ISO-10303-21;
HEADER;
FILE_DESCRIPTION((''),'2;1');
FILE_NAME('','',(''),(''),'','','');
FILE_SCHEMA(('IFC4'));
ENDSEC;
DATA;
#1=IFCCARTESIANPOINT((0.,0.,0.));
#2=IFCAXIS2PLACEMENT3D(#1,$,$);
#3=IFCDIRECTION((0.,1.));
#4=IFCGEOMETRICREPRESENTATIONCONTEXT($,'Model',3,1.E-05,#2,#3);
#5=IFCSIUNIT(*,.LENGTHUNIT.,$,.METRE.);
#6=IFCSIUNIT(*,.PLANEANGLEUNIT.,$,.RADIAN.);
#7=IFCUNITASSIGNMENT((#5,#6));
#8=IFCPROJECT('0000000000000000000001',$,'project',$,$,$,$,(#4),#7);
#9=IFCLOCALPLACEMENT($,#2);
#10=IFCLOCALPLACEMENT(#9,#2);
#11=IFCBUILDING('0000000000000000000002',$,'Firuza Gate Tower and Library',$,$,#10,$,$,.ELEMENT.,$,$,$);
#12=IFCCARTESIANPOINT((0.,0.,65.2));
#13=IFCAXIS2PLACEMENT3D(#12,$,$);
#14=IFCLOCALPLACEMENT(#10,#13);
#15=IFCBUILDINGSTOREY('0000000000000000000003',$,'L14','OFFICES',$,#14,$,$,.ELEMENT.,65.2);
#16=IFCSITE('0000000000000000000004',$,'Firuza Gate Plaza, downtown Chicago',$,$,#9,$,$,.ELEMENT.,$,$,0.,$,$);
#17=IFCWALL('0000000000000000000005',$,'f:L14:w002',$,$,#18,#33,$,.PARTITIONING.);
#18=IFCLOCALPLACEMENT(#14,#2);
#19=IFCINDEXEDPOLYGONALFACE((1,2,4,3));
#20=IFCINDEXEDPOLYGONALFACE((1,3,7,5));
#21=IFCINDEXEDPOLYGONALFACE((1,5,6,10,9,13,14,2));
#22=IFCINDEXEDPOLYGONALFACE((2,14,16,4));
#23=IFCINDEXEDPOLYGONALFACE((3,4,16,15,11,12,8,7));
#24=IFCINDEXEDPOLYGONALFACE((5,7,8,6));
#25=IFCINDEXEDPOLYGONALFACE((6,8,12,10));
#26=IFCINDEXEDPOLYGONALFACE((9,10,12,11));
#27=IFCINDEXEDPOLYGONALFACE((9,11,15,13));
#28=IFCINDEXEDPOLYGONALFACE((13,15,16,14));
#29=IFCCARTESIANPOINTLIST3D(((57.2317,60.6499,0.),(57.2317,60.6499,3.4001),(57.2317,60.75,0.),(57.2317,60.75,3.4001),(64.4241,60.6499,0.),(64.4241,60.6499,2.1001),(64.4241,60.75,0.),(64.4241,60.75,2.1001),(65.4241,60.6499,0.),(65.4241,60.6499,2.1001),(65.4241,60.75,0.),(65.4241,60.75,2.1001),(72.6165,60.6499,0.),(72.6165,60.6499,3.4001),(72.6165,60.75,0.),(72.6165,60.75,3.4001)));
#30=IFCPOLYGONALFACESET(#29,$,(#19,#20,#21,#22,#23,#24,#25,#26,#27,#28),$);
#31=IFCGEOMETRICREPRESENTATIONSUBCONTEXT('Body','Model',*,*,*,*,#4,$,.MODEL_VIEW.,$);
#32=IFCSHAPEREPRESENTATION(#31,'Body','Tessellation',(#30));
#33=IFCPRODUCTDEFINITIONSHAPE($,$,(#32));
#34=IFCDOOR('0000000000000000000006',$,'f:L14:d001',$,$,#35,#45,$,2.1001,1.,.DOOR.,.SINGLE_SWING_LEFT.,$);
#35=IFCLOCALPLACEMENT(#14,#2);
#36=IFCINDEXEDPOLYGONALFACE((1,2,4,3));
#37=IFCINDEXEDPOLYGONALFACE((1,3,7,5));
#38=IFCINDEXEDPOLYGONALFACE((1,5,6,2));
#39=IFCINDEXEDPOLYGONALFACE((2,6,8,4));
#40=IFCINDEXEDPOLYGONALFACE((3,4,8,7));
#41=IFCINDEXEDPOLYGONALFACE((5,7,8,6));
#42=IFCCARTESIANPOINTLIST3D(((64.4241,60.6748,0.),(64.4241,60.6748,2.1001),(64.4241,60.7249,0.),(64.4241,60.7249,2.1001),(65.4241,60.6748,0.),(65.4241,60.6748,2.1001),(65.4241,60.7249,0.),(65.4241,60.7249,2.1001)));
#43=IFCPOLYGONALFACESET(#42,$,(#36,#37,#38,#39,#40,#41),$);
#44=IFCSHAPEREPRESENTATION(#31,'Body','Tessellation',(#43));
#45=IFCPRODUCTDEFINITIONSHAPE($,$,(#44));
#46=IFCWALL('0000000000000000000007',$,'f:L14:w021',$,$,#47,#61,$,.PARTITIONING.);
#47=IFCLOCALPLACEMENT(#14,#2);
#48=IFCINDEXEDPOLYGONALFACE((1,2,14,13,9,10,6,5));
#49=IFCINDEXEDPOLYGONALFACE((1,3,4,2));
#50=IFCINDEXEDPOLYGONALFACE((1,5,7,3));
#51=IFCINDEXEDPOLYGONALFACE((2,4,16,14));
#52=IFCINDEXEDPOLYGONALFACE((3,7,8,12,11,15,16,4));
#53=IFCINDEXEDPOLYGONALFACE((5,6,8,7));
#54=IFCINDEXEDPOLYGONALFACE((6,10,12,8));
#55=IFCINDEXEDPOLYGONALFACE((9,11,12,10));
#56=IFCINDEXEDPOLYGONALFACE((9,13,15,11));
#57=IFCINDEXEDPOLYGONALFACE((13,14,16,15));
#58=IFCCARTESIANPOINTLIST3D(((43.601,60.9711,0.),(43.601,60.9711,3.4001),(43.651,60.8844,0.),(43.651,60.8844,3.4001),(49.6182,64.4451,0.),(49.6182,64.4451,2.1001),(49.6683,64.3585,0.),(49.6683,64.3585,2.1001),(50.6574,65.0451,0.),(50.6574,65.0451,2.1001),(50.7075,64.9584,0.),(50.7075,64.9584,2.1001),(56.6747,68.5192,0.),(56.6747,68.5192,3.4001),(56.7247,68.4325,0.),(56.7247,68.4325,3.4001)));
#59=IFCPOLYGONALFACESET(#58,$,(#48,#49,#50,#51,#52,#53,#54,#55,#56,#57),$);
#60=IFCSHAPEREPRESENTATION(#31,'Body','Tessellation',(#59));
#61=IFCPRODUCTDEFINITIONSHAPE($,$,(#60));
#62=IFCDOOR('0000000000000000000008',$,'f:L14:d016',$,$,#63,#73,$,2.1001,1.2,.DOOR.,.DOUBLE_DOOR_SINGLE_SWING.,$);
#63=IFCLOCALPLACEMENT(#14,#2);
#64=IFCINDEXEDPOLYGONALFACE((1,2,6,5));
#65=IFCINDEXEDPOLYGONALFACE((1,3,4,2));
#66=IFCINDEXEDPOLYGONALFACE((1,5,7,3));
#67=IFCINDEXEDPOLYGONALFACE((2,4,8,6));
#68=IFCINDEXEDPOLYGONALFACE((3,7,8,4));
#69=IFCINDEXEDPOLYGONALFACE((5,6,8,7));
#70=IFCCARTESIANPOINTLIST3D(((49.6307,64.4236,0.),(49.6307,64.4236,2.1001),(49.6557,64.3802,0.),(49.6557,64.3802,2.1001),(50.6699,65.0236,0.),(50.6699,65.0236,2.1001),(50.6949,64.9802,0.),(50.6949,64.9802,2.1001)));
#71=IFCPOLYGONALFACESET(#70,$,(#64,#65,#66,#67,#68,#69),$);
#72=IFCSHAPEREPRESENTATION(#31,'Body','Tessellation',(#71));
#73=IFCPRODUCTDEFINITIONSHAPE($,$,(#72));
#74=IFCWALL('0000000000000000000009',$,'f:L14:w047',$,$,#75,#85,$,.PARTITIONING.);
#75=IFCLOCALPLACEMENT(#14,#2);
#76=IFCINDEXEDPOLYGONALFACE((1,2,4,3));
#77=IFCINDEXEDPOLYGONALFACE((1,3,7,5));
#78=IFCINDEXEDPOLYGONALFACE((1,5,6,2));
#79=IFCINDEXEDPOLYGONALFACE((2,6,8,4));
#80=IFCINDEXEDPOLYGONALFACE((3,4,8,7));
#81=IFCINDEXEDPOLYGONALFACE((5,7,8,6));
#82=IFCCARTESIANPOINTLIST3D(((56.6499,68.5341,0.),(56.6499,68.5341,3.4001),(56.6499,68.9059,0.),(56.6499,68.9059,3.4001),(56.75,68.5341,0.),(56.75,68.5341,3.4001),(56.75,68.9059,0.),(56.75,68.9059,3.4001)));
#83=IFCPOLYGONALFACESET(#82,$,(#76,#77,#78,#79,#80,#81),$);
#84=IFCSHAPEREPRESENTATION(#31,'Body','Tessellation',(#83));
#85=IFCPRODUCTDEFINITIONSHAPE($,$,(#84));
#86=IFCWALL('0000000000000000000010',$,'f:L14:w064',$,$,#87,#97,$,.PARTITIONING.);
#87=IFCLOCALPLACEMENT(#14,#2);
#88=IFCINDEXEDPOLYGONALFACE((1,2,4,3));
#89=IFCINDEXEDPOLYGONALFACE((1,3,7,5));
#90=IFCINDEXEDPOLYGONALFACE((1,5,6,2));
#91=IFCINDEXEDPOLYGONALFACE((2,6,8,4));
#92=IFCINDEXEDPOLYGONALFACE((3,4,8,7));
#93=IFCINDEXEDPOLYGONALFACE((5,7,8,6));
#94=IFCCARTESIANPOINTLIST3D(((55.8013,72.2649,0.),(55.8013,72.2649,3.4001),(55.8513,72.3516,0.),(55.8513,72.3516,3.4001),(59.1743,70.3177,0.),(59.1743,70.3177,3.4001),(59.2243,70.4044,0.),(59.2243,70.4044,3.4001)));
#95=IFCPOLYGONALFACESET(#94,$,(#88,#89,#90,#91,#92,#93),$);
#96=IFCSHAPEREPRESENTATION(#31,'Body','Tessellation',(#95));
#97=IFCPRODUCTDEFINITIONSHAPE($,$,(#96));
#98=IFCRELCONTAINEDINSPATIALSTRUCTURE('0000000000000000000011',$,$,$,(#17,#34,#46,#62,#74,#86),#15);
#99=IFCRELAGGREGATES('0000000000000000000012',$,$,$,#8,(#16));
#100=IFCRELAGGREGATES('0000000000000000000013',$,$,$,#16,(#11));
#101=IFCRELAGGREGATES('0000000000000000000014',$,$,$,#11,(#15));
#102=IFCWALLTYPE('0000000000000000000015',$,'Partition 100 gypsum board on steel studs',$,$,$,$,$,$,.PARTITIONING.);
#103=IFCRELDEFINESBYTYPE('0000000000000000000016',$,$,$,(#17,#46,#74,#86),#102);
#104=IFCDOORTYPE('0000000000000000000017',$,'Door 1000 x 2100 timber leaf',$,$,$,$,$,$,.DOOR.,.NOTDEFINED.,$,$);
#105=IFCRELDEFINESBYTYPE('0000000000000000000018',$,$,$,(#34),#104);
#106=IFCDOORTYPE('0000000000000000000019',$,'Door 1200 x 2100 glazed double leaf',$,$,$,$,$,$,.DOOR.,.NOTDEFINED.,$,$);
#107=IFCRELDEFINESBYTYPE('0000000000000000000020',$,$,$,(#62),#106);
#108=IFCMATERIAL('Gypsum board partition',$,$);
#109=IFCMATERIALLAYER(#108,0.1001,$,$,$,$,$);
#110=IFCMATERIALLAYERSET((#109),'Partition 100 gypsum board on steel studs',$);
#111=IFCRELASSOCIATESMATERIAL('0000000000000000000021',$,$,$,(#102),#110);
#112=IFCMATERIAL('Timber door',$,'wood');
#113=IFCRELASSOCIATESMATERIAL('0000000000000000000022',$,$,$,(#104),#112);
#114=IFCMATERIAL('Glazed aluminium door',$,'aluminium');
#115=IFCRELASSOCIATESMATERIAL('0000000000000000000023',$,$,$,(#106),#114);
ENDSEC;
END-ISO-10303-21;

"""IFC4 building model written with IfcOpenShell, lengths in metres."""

from ifc_helpers import new_model, si_unit, direction, frame, frame_2d, origin, place, context, subcontext, project, spatial, rectangle, extrude, material, layer, layer_set, type_object, element, fill, save


model = new_model("IFC4")

# Units and contexts
model_context = context("Model", 3, precision=1e-05, world=origin(), true_north=direction((0.0, 1.0)))
body_context = subcontext(model_context, "Body", "Model", "MODEL_VIEW")
ifc_project = project(units=[si_unit("LENGTHUNIT", "METRE"), si_unit("PLANEANGLEUNIT", "RADIAN")], contexts=[model_context])

# Site, building, storey
site_placement = place(None, origin())
site = spatial("IfcSite", under=ifc_project, at=site_placement, Name="Firuza Gate Plaza, downtown Chicago", CompositionType="ELEMENT", RefElevation=0.0)
building_placement = place(site_placement, origin())
building = spatial("IfcBuilding", under=site, at=building_placement, Name="Firuza Gate Tower and Library", CompositionType="ELEMENT")
storey_placement = place(building_placement, frame((0.0, 0.0, 65.2)))
storey = spatial("IfcBuildingStorey", under=building, at=storey_placement, Name="L14", Description="OFFICES", CompositionType="ELEMENT", Elevation=65.2)

# Walls, openings, doors
ifc_material_1 = material(Name="Gypsum board partition")
ifc_layer_1 = layer(ifc_material_1, 0.1001)
ifc_layer_set_1 = layer_set([ifc_layer_1], Name="Partition 100 gypsum board on steel studs")
wall_type_1 = type_object("IfcWallType", Name="Partition 100 gypsum board on steel studs", PredefinedType="PARTITIONING", material=ifc_layer_set_1)
wall_1_placement = place(storey_placement, frame((57.2317, 60.7, 0.0), z_axis=(0.0, 0.0, 1.0), x_axis=(1.0, 0.0, 0.0)))
wall_1 = element("IfcWall", 1, at=wall_1_placement, inside=storey, type_object=wall_type_1, Name="f:L14:w002", PredefinedType="PARTITIONING", context=body_context, shape_type="SweptSolid", body=[
    extrude(rectangle(XDim=15.3848, YDim=0.1001, at=frame_2d((7.6924, 0.0))), origin(), (0.0, 0.0, 1.0), 3.4001),
])
opening_1_placement = place(wall_1_placement, frame((7.1924, 0.0, 0.0)))
opening_1 = element("IfcOpeningElement", 2, at=opening_1_placement, cuts=wall_1, PredefinedType="OPENING", context=body_context, shape_type="SweptSolid", body=[
    extrude(rectangle(XDim=1.0, YDim=2.1001, at=frame_2d((0.5, 1.05))), frame((0.0, 0.0601, 0.0), z_axis=(0.0, -1.0, 0.0), x_axis=(1.0, 0.0, 0.0)), (0.0, 0.0, 1.0), 0.1201),
])
ifc_material_2 = material(Name="Timber door", Category="wood")
door_type_1 = type_object("IfcDoorType", Name="Door 1000 x 2100 timber leaf", OperationType="NOTDEFINED", PredefinedType="DOOR", material=ifc_material_2)
door_1_placement = place(opening_1_placement, origin())
door_1 = element("IfcDoor", 3, at=door_1_placement, inside=storey, type_object=door_type_1, Name="f:L14:d001", OperationType="SINGLE_SWING_LEFT", OverallHeight=2.1001, OverallWidth=1.0, PredefinedType="DOOR", context=body_context, shape_type="SweptSolid", body=[
    extrude(rectangle(XDim=1.0, YDim=2.1001, at=frame_2d((0.5, 1.05))), frame((0.0, 0.0249, 0.0), z_axis=(0.0, -1.0, 0.0), x_axis=(1.0, 0.0, 0.0)), (0.0, 0.0, 1.0), 0.05),
])
fill(opening_1, door_1)
wall_2_placement = place(storey_placement, frame((56.6997, 68.4758, 0.0), z_axis=(0.0, 0.0, 1.0), x_axis=(-0.866026, -0.499999, 0.0)))
wall_2 = element("IfcWall", 4, at=wall_2_placement, inside=storey, type_object=wall_type_1, Name="f:L14:w021", PredefinedType="PARTITIONING", context=body_context, shape_type="SweptSolid", body=[
    extrude(rectangle(XDim=15.0962, YDim=0.1001, at=frame_2d((7.5481, 0.0))), origin(), (0.0, 0.0, 1.0), 3.4001),
])
opening_2_placement = place(wall_2_placement, frame((6.948, 0.0, 0.0)))
opening_2 = element("IfcOpeningElement", 5, at=opening_2_placement, cuts=wall_2, PredefinedType="OPENING", context=body_context, shape_type="SweptSolid", body=[
    extrude(rectangle(XDim=1.2, YDim=2.1001, at=frame_2d((0.6001, 1.05))), frame((0.0, 0.0601, 0.0), z_axis=(0.0, -1.0, 0.0), x_axis=(1.0, 0.0, 0.0)), (0.0, 0.0, 1.0), 0.1201),
])
ifc_material_3 = material(Name="Glazed aluminium door", Category="aluminium")
door_type_2 = type_object("IfcDoorType", Name="Door 1200 x 2100 glazed double leaf", OperationType="NOTDEFINED", PredefinedType="DOOR", material=ifc_material_3)
door_2_placement = place(opening_2_placement, origin())
door_2 = element("IfcDoor", 6, at=door_2_placement, inside=storey, type_object=door_type_2, Name="f:L14:d016", OperationType="DOUBLE_DOOR_SINGLE_SWING", OverallHeight=2.1001, OverallWidth=1.2, PredefinedType="DOOR", context=body_context, shape_type="SweptSolid", body=[
    extrude(rectangle(XDim=1.2, YDim=2.1001, at=frame_2d((0.6001, 1.05))), frame((0.0, 0.0249, 0.0), z_axis=(0.0, -1.0, 0.0), x_axis=(1.0, 0.0, 0.0)), (0.0, 0.0, 1.0), 0.05),
])
fill(opening_2, door_2)

# Walls
wall_3_placement = place(storey_placement, frame((56.7, 68.5339, 0.0), z_axis=(0.0, 0.0, 1.0), x_axis=(0.0, 1.0, 0.0)))
element("IfcWall", 7, at=wall_3_placement, inside=storey, type_object=wall_type_1, Name="f:L14:w047", PredefinedType="PARTITIONING", context=body_context, shape_type="SweptSolid", body=[
    extrude(rectangle(XDim=0.3718, YDim=0.1001, at=frame_2d((0.186, 0.0))), origin(), (0.0, 0.0, 1.0), 3.4001),
])
wall_4_placement = place(storey_placement, frame((59.1992, 70.3611, 0.0), z_axis=(0.0, 0.0, 1.0), x_axis=(-0.866044, 0.499968, 0.0)))
element("IfcWall", 8, at=wall_4_placement, inside=storey, type_object=wall_type_1, Name="f:L14:w064", PredefinedType="PARTITIONING", context=body_context, shape_type="SweptSolid", body=[
    extrude(rectangle(XDim=3.8948, YDim=0.1001, at=frame_2d((1.9473, 0.0))), origin(), (0.0, 0.0, 1.0), 3.4001),
])

save(model, "model.ifc")
